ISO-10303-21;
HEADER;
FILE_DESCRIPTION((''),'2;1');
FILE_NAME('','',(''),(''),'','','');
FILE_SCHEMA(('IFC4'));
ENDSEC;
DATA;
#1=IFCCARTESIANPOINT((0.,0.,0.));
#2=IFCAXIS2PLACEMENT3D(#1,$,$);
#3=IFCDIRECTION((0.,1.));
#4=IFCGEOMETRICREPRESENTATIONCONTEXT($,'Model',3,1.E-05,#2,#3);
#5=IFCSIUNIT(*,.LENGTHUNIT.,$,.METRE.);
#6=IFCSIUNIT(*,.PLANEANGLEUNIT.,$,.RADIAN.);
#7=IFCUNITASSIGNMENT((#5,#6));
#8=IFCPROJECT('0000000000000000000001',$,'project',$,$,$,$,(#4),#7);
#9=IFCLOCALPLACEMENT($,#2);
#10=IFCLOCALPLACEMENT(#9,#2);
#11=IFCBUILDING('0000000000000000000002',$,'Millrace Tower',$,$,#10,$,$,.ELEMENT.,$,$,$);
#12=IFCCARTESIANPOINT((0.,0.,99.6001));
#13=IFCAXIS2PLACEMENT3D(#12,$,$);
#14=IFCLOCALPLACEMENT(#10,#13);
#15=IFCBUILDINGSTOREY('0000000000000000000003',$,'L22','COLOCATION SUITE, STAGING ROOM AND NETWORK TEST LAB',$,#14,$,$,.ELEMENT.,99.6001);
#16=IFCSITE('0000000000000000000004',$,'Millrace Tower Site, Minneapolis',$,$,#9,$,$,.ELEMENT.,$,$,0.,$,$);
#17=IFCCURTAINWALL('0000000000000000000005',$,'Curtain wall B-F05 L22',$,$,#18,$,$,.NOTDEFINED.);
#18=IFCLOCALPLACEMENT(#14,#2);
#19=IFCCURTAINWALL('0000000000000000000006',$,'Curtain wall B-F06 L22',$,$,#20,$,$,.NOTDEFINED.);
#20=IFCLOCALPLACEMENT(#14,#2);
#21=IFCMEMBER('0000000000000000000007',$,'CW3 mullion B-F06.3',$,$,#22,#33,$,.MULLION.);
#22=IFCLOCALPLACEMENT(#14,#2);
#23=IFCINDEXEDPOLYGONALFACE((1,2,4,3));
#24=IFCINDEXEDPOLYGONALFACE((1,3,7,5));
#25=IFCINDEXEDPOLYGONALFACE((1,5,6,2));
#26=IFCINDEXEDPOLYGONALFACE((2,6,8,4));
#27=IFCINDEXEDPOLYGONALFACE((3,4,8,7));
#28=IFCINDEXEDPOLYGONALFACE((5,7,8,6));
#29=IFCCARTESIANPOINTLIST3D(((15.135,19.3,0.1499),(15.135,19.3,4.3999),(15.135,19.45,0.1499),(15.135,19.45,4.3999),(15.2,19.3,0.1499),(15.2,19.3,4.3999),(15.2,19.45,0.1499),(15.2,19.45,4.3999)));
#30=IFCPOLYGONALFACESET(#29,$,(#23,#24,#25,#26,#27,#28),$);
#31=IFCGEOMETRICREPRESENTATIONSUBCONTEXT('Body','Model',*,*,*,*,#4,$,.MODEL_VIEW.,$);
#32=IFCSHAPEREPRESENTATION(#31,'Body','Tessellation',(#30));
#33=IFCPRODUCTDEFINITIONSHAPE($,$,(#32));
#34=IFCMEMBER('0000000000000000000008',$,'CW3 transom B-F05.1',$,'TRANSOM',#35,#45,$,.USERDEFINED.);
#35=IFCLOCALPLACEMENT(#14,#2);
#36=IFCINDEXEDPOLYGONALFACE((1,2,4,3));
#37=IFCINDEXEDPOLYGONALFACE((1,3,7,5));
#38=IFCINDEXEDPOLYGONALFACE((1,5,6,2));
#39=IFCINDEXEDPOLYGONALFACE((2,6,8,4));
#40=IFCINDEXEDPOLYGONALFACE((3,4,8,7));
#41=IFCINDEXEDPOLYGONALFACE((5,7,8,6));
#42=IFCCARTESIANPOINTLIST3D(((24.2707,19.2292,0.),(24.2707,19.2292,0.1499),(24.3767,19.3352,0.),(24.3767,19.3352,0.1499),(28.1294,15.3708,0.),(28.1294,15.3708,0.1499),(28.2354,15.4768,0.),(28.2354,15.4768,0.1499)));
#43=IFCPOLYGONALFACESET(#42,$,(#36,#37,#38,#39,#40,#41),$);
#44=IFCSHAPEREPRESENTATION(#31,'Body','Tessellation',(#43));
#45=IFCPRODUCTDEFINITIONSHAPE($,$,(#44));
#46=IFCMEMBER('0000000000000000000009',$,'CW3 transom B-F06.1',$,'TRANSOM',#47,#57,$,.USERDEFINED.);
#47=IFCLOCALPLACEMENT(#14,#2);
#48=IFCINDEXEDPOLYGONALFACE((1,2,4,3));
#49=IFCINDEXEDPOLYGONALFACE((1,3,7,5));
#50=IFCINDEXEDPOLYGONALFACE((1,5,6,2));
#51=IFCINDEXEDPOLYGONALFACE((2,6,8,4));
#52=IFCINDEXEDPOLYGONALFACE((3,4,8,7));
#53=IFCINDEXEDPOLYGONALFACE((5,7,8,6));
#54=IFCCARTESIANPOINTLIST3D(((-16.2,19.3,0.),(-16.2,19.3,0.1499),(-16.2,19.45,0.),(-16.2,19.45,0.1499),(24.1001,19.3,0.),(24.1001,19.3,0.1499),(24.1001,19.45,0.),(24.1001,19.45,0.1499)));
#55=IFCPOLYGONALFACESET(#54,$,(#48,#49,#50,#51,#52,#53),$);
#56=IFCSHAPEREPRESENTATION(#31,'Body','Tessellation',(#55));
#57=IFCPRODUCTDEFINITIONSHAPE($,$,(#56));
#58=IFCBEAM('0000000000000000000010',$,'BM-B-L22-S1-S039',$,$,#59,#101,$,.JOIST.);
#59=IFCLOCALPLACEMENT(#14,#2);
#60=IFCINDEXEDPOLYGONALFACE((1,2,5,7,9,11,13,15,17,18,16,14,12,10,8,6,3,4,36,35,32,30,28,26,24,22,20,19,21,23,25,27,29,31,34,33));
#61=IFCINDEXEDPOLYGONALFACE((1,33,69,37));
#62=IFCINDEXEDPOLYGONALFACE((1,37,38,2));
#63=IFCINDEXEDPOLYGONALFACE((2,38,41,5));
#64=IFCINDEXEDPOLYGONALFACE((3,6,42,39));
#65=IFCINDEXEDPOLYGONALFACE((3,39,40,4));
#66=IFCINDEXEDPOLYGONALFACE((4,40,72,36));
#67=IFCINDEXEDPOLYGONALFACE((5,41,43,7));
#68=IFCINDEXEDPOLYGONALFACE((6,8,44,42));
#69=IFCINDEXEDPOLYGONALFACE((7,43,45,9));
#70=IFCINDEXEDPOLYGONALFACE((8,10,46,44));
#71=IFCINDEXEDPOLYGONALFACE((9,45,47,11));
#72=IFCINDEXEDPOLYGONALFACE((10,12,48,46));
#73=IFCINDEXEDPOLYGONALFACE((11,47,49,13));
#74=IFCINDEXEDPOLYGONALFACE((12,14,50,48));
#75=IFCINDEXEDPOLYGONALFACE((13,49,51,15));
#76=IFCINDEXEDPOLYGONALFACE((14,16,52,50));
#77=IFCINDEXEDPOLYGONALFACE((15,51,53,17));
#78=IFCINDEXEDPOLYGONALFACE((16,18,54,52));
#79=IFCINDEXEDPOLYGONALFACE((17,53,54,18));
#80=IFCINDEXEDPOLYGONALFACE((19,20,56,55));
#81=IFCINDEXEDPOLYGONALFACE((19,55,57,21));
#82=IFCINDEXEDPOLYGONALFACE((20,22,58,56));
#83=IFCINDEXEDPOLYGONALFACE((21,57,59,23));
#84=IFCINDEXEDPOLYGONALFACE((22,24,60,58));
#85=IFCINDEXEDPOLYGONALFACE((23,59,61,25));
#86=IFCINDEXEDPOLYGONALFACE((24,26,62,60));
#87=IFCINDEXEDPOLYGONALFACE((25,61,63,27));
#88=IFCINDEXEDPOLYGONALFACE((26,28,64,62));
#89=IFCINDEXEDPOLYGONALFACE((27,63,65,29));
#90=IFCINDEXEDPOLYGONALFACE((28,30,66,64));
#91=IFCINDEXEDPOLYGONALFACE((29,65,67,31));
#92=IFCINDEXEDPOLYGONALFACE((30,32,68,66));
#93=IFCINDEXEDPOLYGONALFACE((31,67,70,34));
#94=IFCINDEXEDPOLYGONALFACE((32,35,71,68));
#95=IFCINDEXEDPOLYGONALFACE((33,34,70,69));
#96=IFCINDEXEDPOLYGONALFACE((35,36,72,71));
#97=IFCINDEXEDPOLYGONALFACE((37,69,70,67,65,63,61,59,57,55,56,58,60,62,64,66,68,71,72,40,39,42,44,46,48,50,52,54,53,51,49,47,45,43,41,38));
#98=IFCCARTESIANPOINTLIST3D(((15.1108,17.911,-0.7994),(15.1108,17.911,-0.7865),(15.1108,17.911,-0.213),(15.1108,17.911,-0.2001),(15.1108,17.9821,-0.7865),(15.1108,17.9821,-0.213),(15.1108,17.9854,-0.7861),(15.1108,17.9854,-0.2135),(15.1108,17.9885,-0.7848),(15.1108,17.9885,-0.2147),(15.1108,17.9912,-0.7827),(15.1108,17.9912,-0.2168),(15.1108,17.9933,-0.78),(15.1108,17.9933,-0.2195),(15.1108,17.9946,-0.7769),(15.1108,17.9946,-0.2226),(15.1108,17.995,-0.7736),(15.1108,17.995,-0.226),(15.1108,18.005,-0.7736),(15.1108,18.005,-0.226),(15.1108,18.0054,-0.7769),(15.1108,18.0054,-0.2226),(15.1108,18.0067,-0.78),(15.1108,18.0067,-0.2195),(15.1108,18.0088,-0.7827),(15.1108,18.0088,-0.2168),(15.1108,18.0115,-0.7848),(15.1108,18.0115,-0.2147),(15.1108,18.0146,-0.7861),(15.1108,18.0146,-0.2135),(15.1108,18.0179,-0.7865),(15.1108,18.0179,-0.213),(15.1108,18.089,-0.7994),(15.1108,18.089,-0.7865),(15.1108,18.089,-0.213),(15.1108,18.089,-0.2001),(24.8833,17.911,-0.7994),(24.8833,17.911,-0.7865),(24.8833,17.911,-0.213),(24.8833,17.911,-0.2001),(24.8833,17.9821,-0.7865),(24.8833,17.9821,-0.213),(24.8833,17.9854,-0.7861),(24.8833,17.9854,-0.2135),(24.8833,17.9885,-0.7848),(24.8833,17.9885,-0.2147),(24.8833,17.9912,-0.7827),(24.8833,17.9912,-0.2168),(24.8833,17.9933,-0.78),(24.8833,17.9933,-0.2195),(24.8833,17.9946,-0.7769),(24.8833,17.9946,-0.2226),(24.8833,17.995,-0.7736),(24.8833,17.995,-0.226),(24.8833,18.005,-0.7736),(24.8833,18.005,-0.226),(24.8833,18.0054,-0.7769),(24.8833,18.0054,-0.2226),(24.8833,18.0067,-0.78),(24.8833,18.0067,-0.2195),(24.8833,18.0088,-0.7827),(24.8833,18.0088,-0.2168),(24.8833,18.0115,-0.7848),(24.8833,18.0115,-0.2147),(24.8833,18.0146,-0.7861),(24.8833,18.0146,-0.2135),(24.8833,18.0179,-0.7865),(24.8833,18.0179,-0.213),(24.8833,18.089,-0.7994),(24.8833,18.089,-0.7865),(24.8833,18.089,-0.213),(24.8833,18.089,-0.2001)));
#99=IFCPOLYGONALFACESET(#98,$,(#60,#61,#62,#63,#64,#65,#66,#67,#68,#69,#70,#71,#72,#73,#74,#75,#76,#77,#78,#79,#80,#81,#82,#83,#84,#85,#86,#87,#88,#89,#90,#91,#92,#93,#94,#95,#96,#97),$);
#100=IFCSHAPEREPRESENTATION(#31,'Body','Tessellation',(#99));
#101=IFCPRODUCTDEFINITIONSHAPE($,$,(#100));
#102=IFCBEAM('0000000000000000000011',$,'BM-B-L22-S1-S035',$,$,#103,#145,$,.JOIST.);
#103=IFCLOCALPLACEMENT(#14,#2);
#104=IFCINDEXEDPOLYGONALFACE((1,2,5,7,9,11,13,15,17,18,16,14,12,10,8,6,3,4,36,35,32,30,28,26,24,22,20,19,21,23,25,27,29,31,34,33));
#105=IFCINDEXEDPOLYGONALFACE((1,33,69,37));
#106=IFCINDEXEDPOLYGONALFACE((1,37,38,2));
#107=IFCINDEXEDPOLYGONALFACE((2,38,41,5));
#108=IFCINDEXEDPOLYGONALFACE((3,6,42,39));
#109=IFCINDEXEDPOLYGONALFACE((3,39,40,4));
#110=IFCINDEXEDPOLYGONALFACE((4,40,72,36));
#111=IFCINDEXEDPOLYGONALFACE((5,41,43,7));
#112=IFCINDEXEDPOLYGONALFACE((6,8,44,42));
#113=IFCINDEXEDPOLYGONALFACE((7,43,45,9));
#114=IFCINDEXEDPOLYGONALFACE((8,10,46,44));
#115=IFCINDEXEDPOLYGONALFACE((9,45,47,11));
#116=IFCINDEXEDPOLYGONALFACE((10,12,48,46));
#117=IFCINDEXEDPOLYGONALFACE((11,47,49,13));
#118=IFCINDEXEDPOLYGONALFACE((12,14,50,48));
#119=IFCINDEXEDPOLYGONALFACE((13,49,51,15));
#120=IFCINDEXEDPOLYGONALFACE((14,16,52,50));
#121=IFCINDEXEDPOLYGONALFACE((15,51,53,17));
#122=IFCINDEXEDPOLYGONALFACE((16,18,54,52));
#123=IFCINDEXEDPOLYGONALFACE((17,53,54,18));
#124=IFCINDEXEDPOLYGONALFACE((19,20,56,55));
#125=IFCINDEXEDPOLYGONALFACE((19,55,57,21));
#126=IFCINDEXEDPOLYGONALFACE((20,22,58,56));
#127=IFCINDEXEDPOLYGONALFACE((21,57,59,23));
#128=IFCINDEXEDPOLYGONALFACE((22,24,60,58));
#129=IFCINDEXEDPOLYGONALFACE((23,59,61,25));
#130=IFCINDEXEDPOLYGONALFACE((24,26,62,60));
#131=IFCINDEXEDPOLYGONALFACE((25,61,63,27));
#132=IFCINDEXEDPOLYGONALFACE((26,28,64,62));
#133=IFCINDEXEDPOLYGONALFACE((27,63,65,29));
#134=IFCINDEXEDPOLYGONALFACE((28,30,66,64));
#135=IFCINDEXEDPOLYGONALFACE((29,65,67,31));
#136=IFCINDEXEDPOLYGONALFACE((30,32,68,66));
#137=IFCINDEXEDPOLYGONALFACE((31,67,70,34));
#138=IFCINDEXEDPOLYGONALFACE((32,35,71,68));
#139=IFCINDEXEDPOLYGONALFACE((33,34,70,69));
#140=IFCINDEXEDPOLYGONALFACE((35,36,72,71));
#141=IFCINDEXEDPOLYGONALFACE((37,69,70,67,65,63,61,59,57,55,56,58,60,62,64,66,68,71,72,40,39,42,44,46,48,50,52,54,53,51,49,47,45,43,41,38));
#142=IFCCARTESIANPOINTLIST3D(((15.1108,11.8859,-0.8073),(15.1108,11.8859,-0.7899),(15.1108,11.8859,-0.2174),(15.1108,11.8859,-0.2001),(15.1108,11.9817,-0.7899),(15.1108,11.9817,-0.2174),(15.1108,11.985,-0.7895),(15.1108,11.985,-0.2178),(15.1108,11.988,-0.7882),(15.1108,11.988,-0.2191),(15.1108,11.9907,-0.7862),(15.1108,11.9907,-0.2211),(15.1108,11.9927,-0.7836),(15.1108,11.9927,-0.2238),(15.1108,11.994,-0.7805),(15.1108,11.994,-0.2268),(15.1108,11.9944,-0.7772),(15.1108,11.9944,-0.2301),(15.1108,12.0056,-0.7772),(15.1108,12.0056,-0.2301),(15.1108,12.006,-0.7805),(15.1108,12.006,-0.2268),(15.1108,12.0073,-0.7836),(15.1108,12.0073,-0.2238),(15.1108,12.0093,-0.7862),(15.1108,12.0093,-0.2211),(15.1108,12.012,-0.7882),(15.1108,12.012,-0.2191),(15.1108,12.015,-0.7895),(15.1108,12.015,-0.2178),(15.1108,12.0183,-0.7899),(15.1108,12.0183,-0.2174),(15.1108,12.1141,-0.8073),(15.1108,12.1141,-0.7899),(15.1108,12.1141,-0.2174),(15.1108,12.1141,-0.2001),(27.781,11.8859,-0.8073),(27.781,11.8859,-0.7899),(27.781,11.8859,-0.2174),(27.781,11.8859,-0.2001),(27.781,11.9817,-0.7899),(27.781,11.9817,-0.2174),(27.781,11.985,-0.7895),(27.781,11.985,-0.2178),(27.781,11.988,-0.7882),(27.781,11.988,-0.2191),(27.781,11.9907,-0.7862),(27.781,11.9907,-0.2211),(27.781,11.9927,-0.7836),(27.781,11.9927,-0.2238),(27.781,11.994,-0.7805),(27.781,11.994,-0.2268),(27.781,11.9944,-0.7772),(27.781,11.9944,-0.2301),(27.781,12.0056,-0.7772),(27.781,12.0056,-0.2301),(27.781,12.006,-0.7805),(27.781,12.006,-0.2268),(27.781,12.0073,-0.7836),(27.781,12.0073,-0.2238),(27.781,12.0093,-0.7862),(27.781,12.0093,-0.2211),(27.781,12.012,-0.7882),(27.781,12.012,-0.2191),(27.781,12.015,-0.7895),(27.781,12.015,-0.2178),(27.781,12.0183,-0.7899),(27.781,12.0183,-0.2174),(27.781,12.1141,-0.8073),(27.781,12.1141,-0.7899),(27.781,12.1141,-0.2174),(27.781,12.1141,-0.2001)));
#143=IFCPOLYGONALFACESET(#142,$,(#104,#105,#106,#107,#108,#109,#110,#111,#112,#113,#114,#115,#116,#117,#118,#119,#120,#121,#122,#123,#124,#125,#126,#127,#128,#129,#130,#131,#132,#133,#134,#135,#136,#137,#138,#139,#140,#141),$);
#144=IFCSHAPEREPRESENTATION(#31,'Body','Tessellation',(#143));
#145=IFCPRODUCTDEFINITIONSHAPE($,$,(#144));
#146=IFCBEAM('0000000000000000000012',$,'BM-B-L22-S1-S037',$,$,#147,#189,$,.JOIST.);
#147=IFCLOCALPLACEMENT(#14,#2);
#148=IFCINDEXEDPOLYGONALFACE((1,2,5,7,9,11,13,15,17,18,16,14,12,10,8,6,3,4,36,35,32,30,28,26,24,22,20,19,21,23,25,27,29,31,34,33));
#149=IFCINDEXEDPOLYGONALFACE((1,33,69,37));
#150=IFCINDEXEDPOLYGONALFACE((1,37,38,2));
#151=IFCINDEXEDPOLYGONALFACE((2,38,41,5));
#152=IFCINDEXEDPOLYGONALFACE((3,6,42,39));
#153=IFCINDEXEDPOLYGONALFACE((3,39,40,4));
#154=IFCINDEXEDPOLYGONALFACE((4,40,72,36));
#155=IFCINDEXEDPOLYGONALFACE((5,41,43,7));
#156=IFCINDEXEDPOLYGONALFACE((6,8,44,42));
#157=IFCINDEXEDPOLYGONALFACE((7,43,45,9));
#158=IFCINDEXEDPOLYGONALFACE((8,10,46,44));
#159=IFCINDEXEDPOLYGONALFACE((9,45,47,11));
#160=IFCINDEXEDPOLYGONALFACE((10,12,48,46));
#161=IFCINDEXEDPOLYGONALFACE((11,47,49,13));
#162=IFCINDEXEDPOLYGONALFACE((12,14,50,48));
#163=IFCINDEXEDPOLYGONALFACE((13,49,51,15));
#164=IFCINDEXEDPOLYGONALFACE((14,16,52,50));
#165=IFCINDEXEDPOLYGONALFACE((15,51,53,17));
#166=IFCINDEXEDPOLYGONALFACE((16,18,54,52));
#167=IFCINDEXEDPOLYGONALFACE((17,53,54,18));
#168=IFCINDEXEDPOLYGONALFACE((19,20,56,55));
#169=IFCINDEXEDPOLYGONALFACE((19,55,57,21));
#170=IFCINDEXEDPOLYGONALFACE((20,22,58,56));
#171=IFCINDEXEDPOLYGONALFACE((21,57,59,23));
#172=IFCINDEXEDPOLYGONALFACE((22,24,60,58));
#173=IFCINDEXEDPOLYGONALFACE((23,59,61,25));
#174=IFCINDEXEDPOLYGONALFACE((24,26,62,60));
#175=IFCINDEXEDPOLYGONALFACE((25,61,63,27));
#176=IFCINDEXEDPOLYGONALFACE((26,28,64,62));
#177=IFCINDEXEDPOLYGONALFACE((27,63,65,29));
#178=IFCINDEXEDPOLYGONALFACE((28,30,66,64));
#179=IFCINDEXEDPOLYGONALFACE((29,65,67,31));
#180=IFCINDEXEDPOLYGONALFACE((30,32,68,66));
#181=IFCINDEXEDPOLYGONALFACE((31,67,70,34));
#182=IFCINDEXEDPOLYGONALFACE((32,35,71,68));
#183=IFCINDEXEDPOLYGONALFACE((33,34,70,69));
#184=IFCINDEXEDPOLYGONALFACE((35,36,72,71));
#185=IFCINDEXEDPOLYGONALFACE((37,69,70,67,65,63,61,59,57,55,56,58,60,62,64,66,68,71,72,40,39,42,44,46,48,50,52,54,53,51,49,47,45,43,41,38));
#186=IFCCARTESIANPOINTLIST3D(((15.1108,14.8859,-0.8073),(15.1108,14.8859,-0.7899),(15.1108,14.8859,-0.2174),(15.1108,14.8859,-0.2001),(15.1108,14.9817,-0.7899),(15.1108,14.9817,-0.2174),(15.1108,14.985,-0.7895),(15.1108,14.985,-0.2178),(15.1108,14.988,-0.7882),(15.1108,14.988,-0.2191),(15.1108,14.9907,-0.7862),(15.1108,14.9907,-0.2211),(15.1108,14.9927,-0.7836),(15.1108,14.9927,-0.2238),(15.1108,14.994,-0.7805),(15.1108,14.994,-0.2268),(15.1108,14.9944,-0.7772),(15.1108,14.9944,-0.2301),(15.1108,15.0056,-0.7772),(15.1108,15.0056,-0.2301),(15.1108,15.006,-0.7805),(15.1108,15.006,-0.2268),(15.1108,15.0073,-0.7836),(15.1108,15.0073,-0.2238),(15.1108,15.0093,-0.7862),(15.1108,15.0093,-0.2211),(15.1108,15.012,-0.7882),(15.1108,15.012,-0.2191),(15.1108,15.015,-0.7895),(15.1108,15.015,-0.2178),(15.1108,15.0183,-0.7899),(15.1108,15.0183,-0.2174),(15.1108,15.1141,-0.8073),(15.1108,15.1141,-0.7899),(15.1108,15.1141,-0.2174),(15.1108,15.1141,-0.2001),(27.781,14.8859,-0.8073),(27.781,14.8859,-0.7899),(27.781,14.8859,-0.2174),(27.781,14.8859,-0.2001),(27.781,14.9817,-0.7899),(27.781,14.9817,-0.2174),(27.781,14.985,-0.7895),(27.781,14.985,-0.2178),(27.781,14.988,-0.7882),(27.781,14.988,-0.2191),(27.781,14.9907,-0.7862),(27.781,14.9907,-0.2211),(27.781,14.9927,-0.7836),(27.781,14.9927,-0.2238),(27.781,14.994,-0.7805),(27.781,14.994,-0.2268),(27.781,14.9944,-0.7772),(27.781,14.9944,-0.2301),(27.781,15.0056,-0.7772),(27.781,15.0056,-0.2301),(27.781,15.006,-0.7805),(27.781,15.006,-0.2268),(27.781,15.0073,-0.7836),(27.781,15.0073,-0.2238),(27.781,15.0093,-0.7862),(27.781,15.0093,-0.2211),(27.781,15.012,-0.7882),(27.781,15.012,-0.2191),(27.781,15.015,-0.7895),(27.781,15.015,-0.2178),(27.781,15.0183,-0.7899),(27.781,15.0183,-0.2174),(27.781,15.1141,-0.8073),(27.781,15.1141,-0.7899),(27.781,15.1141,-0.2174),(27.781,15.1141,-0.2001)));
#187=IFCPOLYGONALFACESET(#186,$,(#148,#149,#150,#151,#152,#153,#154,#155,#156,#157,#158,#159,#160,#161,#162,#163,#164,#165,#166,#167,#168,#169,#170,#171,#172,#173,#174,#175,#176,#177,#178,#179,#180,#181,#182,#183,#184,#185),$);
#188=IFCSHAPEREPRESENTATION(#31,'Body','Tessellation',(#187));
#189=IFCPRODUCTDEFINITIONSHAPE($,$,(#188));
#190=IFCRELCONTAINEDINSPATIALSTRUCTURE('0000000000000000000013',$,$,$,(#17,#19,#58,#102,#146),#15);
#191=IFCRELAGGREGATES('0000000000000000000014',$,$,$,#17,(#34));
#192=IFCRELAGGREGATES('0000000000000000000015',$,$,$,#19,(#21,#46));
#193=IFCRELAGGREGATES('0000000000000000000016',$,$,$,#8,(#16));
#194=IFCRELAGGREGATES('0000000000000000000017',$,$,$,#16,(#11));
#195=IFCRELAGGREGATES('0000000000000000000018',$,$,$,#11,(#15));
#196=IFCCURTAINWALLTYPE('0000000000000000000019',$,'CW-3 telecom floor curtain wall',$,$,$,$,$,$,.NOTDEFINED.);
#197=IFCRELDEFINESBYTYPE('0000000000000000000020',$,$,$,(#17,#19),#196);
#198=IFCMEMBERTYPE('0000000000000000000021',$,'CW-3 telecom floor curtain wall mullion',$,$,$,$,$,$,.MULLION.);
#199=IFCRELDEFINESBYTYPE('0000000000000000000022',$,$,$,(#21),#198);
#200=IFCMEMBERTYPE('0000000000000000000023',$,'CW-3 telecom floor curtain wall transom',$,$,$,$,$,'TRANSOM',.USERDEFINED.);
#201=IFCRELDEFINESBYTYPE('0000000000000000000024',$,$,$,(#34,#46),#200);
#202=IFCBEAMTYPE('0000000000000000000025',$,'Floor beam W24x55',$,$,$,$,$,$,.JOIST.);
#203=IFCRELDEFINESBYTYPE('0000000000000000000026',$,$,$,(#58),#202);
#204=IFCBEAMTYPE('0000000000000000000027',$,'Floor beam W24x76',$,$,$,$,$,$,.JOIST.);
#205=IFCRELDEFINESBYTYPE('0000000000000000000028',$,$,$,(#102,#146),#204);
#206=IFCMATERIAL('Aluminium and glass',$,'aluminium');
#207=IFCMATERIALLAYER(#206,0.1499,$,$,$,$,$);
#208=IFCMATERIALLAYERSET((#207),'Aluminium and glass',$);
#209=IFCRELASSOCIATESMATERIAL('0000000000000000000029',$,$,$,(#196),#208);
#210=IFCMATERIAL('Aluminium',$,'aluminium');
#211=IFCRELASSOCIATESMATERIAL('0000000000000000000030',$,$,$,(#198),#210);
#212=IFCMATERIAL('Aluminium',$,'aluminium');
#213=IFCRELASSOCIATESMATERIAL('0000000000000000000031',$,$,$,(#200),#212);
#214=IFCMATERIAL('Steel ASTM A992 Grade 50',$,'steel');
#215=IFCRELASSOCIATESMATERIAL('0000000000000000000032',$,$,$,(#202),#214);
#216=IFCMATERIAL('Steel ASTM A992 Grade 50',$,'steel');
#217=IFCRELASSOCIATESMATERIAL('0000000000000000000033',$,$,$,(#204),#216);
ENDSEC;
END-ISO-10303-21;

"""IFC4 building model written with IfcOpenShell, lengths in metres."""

from ifc_helpers import new_model, si_unit, direction, frame, origin, origin_2d, place, context, subcontext, project, spatial, rectangle, i_section, extrude, material, layer, layer_set, material_profile, profile_set, type_object, element, aggregate, save


model = new_model("IFC4")

# Units and contexts
model_context = context("Model", 3, precision=1e-05, world=origin(), true_north=direction((0.0, 1.0)))
body_context = subcontext(model_context, "Body", "Model", "MODEL_VIEW")
ifc_project = project(units=[si_unit("LENGTHUNIT", "METRE"), si_unit("PLANEANGLEUNIT", "RADIAN")], contexts=[model_context])

# Site, building, storey
site_placement = place(None, origin())
site = spatial("IfcSite", under=ifc_project, at=site_placement, Name="Millrace Tower Site, Minneapolis", CompositionType="ELEMENT", RefElevation=0.0)
building_placement = place(site_placement, origin())
building = spatial("IfcBuilding", under=site, at=building_placement, Name="Millrace Tower", CompositionType="ELEMENT")
storey_placement = place(building_placement, frame((0.0, 0.0, 99.6001)))
storey = spatial("IfcBuildingStorey", under=building, at=storey_placement, Name="L22", Description="COLOCATION SUITE, STAGING ROOM AND NETWORK TEST LAB", CompositionType="ELEMENT", Elevation=99.6001)

# Curtain wall
ifc_material_1 = material(Name="Aluminium and glass", Category="aluminium")
ifc_layer_1 = layer(ifc_material_1, 0.1499)
ifc_layer_set_1 = layer_set([ifc_layer_1], Name="Aluminium and glass")
curtain_wall_type = type_object("IfcCurtainWallType", Name="CW-3 telecom floor curtain wall", PredefinedType="NOTDEFINED", material=ifc_layer_set_1)
placement = place(storey_placement, origin())
ifc_material_2 = material(Name="Aluminium", Category="aluminium")
ifc_material_profile_1 = material_profile(ifc_material_2, rectangle(XDim=0.0649, YDim=0.1499, at=origin_2d()))
ifc_profile_set_1 = profile_set([ifc_material_profile_1], Name="Aluminium")
member_type_1 = type_object("IfcMemberType", Name="CW-3 telecom floor curtain wall mullion", PredefinedType="MULLION", material=ifc_profile_set_1)
curtain_wall_1 = element("IfcCurtainWall", 1, at=placement, inside=storey, type_object=curtain_wall_type, Name="Curtain wall B-F05 L22", PredefinedType="NOTDEFINED")

# Curtain wall, member
curtain_wall_2 = element("IfcCurtainWall", 2, at=placement, inside=storey, type_object=curtain_wall_type, Name="Curtain wall B-F06 L22", PredefinedType="NOTDEFINED")
member_1_placement = place(storey_placement, frame((15.1675, 19.375, 0.1499), z_axis=(0.0, 0.0, 1.0), x_axis=(-1.0, 0.0, 0.0)))
member_1 = element("IfcMember", 3, at=member_1_placement, type_object=member_type_1, Name="CW3 mullion B-F06.3", PredefinedType="MULLION", context=body_context, shape_type="SweptSolid", body=[
    extrude(rectangle(XDim=0.0649, YDim=0.1499, at=origin_2d()), origin(), (0.0, 0.0, 1.0), 4.25),
])

# Members
ifc_material_3 = material(Name="Aluminium", Category="aluminium")
ifc_material_profile_2 = material_profile(ifc_material_3, rectangle(XDim=0.1499, YDim=0.1499, at=origin_2d()))
ifc_profile_set_2 = profile_set([ifc_material_profile_2], Name="Aluminium")
member_type_2 = type_object("IfcMemberType", Name="CW-3 telecom floor curtain wall transom", ElementType="TRANSOM", PredefinedType="USERDEFINED", material=ifc_profile_set_2)
member_2_placement = place(storey_placement, frame((28.1824, 15.4238, 0.075), z_axis=(-0.707129, 0.707084, 0.0), x_axis=(-0.707084, -0.707129, 0.0)))
member_2 = element("IfcMember", 4, at=member_2_placement, type_object=member_type_2, Name="CW3 transom B-F05.1", ObjectType="TRANSOM", PredefinedType="USERDEFINED", context=body_context, shape_type="SweptSolid", body=[
    extrude(rectangle(XDim=0.1499, YDim=0.1499, at=origin_2d()), origin(), (0.0, 0.0, 1.0), 5.4568),
])
aggregate(curtain_wall_1, [member_2])
member_3_placement = place(storey_placement, frame((24.1001, 19.375, 0.075), z_axis=(-1.0, 0.0, 0.0), x_axis=(0.0, -1.0, 0.0)))
member_3 = element("IfcMember", 5, at=member_3_placement, type_object=member_type_2, Name="CW3 transom B-F06.1", ObjectType="TRANSOM", PredefinedType="USERDEFINED", context=body_context, shape_type="SweptSolid", body=[
    extrude(rectangle(XDim=0.1499, YDim=0.1499, at=origin_2d()), origin(), (0.0, 0.0, 1.0), 40.3),
])
aggregate(curtain_wall_2, [member_1, member_3])

# Beams
ifc_material_4 = material(Name="Steel ASTM A992 Grade 50", Category="steel")
ifc_material_profile_3 = material_profile(ifc_material_4, i_section(OverallWidth=0.178, OverallDepth=0.5994, WebThickness=0.01, FlangeThickness=0.0129, FilletRadius=0.0129, at=origin_2d()))
ifc_profile_set_3 = profile_set([ifc_material_profile_3], Name="Steel ASTM A992 Grade 50")
beam_type_1 = type_object("IfcBeamType", Name="Floor beam W24x55", PredefinedType="JOIST", material=ifc_profile_set_3)
beam_1_placement = place(storey_placement, frame((15.1108, 18.0, -0.4998), z_axis=(1.0, 0.0, 0.0), x_axis=(0.0, 1.0, 0.0)))
element("IfcBeam", 6, at=beam_1_placement, inside=storey, type_object=beam_type_1, Name="BM-B-L22-S1-S039", PredefinedType="JOIST", context=body_context, shape_type="SweptSolid", body=[
    extrude(i_section(OverallWidth=0.178, OverallDepth=0.5994, WebThickness=0.01, FlangeThickness=0.0129, FilletRadius=0.0129, at=origin_2d()), origin(), (0.0, 0.0, 1.0), 9.7725),
])
ifc_material_5 = material(Name="Steel ASTM A992 Grade 50", Category="steel")
ifc_material_profile_4 = material_profile(ifc_material_5, i_section(OverallWidth=0.2283, OverallDepth=0.6072, WebThickness=0.0112, FlangeThickness=0.0173, FilletRadius=0.0127, at=origin_2d()))
ifc_profile_set_4 = profile_set([ifc_material_profile_4], Name="Steel ASTM A992 Grade 50")
beam_type_2 = type_object("IfcBeamType", Name="Floor beam W24x76", PredefinedType="JOIST", material=ifc_profile_set_4)
for number, where, z_axis, x_axis, name in (
    (7, (15.1108, 12.0, -0.5037), (1.0, 0.0, 0.0), (0.0, 1.0, 0.0), "BM-B-L22-S1-S035"),
    (8, (15.1108, 15.0, -0.5037), (1.0, 0.0, 0.0), (0.0, 1.0, 0.0), "BM-B-L22-S1-S037"),
):
    element("IfcBeam", number, at=place(storey_placement, frame(where, z_axis=z_axis, x_axis=x_axis)), inside=storey, type_object=beam_type_2, Name=name, PredefinedType="JOIST", context=body_context, shape_type="SweptSolid", body=[
        extrude(i_section(OverallWidth=0.2283, OverallDepth=0.6072, WebThickness=0.0112, FlangeThickness=0.0173, FilletRadius=0.0127, at=origin_2d()), origin(), (0.0, 0.0, 1.0), 12.6702),
    ])

save(model, "model.ifc")
